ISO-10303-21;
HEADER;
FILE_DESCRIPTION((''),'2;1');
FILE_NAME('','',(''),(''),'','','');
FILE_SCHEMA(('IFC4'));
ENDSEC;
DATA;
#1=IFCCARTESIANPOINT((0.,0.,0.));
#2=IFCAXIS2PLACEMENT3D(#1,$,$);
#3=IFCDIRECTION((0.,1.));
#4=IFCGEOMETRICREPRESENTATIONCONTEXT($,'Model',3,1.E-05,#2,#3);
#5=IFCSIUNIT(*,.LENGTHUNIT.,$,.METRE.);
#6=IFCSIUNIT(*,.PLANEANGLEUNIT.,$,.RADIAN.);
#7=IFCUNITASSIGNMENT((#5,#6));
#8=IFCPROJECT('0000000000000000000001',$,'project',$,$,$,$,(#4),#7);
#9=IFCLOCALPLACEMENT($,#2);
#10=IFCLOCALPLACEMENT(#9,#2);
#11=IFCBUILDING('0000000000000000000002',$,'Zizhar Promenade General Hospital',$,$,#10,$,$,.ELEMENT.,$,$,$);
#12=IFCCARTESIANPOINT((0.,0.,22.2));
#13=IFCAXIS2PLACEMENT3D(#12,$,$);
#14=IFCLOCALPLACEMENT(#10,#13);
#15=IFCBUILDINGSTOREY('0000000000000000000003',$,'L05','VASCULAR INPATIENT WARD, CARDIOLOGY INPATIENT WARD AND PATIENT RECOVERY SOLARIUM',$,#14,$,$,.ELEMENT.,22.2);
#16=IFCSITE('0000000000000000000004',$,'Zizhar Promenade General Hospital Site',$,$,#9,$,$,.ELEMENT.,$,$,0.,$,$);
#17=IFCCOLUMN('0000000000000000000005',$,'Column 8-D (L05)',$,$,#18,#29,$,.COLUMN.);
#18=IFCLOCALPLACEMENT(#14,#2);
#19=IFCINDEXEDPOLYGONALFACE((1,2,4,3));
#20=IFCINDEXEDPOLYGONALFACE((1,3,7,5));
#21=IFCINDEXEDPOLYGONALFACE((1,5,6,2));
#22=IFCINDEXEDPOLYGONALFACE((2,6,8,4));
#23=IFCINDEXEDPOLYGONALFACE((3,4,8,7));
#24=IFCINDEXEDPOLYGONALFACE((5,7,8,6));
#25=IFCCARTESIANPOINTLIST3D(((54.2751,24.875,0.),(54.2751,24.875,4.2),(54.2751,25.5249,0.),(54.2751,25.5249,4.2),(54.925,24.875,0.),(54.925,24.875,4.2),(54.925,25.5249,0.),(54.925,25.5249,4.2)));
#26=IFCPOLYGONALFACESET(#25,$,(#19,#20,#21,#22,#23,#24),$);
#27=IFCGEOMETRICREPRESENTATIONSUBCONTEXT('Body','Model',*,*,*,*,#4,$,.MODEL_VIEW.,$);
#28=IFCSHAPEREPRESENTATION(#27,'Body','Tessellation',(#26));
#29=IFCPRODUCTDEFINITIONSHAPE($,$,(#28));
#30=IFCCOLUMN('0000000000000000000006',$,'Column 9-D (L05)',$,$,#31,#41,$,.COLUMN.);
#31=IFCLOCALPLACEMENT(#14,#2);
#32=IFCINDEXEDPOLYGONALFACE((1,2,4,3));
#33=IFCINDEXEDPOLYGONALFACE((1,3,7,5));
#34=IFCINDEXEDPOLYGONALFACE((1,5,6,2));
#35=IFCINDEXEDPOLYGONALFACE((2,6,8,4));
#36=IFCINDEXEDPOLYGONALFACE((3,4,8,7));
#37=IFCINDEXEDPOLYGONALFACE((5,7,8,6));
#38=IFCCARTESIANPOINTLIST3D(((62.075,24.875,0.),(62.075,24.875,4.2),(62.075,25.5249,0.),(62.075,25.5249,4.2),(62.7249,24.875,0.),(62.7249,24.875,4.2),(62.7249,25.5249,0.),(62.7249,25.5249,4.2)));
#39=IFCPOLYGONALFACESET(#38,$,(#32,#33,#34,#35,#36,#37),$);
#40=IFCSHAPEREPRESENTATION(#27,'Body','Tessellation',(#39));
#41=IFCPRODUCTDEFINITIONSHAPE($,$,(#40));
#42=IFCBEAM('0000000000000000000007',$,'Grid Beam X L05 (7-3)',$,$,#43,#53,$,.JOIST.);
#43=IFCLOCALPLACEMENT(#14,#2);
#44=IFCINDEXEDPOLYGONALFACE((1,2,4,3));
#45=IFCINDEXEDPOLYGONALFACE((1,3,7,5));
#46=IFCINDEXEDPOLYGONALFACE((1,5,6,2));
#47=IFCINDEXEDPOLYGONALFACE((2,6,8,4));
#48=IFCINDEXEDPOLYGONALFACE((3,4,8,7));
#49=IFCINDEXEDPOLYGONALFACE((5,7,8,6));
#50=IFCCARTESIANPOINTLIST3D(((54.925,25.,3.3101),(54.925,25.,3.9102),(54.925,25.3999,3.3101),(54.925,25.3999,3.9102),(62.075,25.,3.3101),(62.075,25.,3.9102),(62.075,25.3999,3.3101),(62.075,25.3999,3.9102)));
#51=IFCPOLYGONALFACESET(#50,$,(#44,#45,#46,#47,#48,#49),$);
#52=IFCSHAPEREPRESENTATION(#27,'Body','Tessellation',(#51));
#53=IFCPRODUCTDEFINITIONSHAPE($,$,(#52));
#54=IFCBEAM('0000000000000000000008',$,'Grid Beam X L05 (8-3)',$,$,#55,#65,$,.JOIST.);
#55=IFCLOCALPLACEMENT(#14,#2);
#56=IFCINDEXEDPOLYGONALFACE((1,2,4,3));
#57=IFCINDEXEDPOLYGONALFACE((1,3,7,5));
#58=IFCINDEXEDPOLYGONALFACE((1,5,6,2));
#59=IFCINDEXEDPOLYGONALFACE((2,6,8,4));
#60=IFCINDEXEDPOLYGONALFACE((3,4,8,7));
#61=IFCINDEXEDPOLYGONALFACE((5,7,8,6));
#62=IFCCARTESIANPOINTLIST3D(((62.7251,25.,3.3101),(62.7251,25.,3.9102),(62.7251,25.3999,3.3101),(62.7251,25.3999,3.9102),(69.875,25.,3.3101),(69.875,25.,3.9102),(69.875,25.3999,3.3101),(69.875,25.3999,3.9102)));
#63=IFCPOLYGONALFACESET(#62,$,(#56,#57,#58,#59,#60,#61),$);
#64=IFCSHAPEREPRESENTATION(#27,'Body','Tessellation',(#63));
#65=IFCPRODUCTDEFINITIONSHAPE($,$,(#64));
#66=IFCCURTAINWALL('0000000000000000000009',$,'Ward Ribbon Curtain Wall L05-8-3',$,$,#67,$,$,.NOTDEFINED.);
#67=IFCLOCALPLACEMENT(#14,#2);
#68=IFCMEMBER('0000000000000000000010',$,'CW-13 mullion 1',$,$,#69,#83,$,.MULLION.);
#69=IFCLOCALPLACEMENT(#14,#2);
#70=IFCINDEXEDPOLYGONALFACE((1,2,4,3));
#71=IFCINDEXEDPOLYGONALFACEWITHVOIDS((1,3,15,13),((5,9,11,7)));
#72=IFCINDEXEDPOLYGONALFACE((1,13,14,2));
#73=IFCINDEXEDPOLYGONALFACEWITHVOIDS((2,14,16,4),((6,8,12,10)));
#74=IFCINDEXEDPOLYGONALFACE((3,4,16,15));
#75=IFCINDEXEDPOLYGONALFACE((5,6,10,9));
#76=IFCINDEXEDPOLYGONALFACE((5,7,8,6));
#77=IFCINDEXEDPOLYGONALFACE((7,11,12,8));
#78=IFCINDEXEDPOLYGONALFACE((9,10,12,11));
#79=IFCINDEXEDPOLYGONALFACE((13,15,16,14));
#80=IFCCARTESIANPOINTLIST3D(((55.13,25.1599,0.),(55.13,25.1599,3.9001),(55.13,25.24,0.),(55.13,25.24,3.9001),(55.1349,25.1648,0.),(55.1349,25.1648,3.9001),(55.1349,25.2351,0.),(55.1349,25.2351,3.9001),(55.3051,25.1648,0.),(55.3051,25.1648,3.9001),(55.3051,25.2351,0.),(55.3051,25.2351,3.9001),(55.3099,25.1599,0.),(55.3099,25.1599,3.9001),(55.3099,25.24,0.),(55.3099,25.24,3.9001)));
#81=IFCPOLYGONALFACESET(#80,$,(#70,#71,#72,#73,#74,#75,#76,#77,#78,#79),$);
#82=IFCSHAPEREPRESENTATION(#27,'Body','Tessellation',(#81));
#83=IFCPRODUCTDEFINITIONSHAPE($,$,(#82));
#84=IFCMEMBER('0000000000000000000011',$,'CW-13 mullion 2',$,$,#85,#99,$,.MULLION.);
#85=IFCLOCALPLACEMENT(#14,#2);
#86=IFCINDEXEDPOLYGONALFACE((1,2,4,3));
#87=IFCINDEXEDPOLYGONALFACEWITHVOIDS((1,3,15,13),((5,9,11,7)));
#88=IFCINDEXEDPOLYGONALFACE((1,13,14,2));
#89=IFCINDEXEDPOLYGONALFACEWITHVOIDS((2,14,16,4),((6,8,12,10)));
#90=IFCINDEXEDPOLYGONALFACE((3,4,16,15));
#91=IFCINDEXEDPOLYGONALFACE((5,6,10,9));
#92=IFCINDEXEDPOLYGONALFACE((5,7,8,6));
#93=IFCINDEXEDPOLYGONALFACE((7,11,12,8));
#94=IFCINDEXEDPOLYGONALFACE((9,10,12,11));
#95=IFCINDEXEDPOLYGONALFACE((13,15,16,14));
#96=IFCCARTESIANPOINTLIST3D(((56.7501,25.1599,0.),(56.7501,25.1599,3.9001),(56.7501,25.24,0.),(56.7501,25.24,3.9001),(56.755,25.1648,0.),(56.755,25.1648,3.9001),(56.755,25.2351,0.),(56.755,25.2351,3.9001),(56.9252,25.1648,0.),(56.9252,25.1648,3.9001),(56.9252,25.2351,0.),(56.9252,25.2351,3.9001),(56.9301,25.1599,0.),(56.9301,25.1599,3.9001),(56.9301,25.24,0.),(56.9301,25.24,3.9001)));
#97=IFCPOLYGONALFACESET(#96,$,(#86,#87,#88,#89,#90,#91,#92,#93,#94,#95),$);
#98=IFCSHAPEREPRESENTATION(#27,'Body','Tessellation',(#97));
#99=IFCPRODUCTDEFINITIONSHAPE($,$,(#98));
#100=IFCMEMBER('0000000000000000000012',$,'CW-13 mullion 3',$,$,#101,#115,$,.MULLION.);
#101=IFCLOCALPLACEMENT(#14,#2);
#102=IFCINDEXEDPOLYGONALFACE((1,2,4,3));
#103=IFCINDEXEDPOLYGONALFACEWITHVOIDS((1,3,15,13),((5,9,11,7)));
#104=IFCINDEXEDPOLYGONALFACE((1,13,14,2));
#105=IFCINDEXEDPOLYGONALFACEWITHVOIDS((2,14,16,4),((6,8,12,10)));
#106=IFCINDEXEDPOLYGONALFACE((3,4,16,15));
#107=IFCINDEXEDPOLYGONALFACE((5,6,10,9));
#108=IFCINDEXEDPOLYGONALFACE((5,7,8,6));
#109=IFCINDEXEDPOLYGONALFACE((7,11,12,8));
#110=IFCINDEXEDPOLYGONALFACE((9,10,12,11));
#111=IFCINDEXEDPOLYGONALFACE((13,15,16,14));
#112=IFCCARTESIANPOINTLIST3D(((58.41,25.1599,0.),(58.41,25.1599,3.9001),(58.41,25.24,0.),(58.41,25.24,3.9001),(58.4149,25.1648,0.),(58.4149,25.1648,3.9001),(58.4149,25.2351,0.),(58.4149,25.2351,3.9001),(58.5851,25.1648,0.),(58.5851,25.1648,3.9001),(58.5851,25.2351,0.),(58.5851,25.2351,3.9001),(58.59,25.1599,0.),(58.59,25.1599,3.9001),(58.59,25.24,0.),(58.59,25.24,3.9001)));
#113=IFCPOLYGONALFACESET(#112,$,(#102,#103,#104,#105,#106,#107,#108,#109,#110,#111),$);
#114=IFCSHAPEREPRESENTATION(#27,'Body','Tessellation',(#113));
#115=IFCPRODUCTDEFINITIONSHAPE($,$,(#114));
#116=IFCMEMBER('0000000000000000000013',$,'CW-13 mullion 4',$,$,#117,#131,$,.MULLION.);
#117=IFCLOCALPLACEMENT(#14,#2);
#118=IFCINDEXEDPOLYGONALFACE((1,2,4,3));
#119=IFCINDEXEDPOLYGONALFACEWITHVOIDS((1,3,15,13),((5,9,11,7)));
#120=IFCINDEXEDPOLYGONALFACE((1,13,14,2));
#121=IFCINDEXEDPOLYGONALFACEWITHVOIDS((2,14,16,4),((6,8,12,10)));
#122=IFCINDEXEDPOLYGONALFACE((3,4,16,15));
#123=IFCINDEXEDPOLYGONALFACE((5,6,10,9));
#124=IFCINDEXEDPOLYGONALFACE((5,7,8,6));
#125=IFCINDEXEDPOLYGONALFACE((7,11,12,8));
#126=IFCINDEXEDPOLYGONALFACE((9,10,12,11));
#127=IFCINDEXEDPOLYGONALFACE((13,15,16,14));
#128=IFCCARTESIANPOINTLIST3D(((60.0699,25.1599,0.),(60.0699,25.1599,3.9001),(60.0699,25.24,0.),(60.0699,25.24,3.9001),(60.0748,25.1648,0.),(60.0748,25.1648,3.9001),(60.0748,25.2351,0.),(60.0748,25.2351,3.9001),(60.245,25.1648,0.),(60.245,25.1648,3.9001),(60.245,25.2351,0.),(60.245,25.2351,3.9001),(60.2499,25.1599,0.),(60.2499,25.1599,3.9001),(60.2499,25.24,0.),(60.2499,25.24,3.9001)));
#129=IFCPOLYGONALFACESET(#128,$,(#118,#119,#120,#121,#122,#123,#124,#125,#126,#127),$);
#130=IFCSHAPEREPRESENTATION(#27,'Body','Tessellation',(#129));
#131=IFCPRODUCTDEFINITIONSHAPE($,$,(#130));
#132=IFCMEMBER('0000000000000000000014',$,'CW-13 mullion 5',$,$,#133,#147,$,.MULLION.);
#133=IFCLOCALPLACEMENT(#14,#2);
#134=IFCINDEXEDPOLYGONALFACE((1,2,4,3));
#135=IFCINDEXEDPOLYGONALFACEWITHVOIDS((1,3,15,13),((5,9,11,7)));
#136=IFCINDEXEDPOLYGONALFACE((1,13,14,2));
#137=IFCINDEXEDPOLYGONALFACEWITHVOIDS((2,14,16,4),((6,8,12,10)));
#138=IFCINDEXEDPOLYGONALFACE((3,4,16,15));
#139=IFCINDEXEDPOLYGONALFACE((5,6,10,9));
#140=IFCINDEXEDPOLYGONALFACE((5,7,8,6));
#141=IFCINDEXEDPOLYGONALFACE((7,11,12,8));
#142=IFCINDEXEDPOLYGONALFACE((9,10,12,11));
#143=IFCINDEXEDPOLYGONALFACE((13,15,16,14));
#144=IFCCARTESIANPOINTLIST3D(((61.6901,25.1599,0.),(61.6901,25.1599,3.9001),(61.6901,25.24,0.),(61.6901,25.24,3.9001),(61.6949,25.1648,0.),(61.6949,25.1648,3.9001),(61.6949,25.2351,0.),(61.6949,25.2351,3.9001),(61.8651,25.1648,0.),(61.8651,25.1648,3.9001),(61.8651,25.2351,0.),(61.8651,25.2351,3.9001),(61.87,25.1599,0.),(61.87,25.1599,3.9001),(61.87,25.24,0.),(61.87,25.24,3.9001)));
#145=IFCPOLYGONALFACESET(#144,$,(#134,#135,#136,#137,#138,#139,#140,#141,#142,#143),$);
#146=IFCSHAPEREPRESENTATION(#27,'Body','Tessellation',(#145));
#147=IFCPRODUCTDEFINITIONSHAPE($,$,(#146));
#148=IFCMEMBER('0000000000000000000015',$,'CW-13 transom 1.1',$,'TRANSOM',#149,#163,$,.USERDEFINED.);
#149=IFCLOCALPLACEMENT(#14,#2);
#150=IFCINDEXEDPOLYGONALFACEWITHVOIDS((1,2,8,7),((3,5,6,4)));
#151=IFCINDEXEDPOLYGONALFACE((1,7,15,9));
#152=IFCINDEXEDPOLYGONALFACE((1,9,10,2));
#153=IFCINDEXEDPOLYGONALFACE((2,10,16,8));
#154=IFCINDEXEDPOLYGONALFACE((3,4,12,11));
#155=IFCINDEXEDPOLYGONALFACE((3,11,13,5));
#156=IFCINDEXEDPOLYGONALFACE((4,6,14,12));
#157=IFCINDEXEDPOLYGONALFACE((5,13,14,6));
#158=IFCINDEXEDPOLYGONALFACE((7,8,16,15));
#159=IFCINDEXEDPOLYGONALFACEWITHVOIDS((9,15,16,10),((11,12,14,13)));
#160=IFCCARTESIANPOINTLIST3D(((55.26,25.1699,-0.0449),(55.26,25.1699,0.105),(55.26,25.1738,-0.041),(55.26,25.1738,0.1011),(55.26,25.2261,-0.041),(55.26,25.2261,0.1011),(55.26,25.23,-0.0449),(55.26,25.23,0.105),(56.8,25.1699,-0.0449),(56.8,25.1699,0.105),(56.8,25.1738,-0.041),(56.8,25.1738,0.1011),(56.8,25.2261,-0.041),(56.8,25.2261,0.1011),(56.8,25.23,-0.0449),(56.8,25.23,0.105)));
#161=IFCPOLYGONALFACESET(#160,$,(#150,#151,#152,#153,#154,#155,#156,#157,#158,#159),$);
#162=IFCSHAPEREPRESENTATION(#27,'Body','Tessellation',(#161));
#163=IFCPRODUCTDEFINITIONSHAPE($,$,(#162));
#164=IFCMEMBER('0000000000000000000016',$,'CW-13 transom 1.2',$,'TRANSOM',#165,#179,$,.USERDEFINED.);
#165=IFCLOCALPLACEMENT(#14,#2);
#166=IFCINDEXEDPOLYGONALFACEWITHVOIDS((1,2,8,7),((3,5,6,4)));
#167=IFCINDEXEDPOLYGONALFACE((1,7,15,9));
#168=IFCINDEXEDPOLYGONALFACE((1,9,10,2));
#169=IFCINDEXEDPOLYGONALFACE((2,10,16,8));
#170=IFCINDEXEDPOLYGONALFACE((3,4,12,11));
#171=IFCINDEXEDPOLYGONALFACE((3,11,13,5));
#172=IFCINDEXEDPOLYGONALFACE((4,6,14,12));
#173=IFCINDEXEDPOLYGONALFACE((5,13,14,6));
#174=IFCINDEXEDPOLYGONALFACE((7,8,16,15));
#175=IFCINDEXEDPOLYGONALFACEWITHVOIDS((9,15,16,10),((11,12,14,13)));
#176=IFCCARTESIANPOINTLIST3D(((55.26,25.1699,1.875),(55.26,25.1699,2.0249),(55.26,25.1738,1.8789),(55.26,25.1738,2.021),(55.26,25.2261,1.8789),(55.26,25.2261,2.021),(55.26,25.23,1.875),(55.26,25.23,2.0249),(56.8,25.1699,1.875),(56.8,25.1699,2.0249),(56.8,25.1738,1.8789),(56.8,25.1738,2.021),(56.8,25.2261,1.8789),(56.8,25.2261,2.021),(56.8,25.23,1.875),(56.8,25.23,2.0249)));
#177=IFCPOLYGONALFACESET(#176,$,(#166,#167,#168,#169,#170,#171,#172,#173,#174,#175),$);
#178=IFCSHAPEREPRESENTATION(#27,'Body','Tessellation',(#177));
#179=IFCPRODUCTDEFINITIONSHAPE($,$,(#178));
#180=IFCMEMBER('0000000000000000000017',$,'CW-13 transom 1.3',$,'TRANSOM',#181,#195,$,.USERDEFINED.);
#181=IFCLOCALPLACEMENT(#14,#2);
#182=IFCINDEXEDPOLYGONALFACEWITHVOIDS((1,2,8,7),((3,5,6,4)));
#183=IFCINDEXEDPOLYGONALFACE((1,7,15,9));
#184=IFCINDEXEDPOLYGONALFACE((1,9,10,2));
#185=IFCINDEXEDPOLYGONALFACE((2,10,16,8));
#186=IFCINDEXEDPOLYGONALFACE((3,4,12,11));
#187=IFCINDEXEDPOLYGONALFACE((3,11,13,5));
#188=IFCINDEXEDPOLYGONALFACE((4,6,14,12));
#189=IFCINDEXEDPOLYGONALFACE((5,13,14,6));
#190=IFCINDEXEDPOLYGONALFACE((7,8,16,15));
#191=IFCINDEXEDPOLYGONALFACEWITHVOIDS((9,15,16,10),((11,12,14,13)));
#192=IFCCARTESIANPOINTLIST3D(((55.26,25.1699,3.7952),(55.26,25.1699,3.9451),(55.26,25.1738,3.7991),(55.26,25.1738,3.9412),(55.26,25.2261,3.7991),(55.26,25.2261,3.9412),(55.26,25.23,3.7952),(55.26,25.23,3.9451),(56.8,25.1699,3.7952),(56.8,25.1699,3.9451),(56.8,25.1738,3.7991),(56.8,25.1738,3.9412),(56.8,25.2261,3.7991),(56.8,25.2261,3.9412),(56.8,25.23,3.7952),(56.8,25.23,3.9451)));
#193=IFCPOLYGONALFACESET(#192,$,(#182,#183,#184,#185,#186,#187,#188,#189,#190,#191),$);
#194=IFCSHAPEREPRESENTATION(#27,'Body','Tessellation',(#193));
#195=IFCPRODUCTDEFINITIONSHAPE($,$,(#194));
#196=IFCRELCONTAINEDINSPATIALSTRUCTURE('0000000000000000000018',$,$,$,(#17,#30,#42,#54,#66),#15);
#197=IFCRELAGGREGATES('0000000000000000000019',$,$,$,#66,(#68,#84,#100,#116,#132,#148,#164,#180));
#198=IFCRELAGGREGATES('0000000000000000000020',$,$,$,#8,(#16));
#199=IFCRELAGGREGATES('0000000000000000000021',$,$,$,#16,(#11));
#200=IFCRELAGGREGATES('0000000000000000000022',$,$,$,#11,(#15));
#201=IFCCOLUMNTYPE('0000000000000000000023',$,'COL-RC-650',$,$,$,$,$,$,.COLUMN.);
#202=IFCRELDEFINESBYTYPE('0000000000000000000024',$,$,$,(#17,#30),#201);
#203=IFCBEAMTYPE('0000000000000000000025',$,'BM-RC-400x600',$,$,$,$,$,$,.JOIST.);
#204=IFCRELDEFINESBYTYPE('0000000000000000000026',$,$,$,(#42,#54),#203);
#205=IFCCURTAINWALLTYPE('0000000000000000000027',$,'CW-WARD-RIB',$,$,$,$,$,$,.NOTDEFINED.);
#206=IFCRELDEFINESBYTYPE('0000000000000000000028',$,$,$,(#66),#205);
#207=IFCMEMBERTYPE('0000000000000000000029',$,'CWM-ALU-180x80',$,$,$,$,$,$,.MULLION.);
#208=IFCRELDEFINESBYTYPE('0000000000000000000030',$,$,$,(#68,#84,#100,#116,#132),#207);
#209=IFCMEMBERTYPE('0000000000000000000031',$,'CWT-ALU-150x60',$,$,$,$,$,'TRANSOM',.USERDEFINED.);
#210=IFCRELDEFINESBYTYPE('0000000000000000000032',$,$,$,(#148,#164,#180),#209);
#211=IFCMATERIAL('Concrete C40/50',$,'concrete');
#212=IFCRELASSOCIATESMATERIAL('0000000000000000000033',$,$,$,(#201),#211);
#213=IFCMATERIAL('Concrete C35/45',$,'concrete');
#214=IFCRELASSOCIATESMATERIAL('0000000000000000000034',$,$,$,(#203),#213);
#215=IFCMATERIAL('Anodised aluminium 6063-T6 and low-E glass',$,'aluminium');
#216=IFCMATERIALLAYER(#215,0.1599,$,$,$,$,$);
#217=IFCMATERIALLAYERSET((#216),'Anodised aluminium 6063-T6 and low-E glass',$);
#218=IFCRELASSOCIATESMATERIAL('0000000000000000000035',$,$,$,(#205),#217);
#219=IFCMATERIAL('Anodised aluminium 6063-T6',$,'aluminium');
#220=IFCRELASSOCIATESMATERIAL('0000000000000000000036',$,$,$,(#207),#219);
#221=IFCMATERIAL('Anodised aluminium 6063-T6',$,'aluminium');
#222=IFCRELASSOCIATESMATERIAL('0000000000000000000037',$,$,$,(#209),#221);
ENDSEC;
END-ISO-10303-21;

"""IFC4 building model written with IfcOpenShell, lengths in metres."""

from ifc_helpers import new_model, si_unit, direction, frame, origin, origin_2d, place, context, subcontext, project, spatial, rectangle, hollow_rectangle, extrude, material, layer, layer_set, material_profile, profile_set, type_object, element, aggregate, save


model = new_model("IFC4")

# Units and contexts
model_context = context("Model", 3, precision=1e-05, world=origin(), true_north=direction((0.0, 1.0)))
body_context = subcontext(model_context, "Body", "Model", "MODEL_VIEW")
ifc_project = project(units=[si_unit("LENGTHUNIT", "METRE"), si_unit("PLANEANGLEUNIT", "RADIAN")], contexts=[model_context])

# Site, building, storey
site_placement = place(None, origin())
site = spatial("IfcSite", under=ifc_project, at=site_placement, Name="Zizhar Promenade General Hospital Site", CompositionType="ELEMENT", RefElevation=0.0)
building_placement = place(site_placement, origin())
building = spatial("IfcBuilding", under=site, at=building_placement, Name="Zizhar Promenade General Hospital", CompositionType="ELEMENT")
storey_placement = place(building_placement, frame((0.0, 0.0, 22.2)))
storey = spatial("IfcBuildingStorey", under=building, at=storey_placement, Name="L05", Description="VASCULAR INPATIENT WARD, CARDIOLOGY INPATIENT WARD AND PATIENT RECOVERY SOLARIUM", CompositionType="ELEMENT", Elevation=22.2)

# Columns
ifc_material_1 = material(Name="Concrete C40/50", Category="concrete")
ifc_material_profile_1 = material_profile(ifc_material_1, rectangle(XDim=0.6499, YDim=0.6499, at=origin_2d()))
ifc_profile_set_1 = profile_set([ifc_material_profile_1], Name="Concrete C40/50")
column_type = type_object("IfcColumnType", Name="COL-RC-650", PredefinedType="COLUMN", material=ifc_profile_set_1)
for number, where, z_axis, x_axis, name in (
    (1, (54.6001, 25.2, 0.0), (0.0, 0.0, 1.0), (1.0, 0.0, 0.0), "Column 8-D (L05)"),
    (2, (62.3999, 25.2, 0.0), (0.0, 0.0, 1.0), (1.0, 0.0, 0.0), "Column 9-D (L05)"),
):
    element("IfcColumn", number, at=place(storey_placement, frame(where, z_axis=z_axis, x_axis=x_axis)), inside=storey, type_object=column_type, Name=name, PredefinedType="COLUMN", context=body_context, shape_type="SweptSolid", body=[
        extrude(rectangle(XDim=0.6499, YDim=0.6499, at=origin_2d()), origin(), (0.0, 0.0, 1.0), 4.2),
    ])

# Beams
ifc_material_2 = material(Name="Concrete C35/45", Category="concrete")
ifc_material_profile_2 = material_profile(ifc_material_2, rectangle(XDim=0.3999, YDim=0.6001, at=origin_2d()))
ifc_profile_set_2 = profile_set([ifc_material_profile_2], Name="Concrete C35/45")
beam_type = type_object("IfcBeamType", Name="BM-RC-400x600", PredefinedType="JOIST", material=ifc_profile_set_2)
for number, where, z_axis, x_axis, name in (
    (3, (54.925, 25.2, 3.6101), (1.0, 0.0, 0.0), (0.0, 1.0, 0.0), "Grid Beam X L05 (7-3)"),
    (4, (62.7251, 25.2, 3.6101), (1.0, 0.0, 0.0), (0.0, 1.0, 0.0), "Grid Beam X L05 (8-3)"),
):
    element("IfcBeam", number, at=place(storey_placement, frame(where, z_axis=z_axis, x_axis=x_axis)), inside=storey, type_object=beam_type, Name=name, PredefinedType="JOIST", context=body_context, shape_type="SweptSolid", body=[
        extrude(rectangle(XDim=0.3999, YDim=0.6001, at=origin_2d()), origin(), (0.0, 0.0, 1.0), 7.1499),
    ])

# Curtain wall, members
ifc_material_3 = material(Name="Anodised aluminium 6063-T6 and low-E glass", Category="aluminium")
ifc_layer_1 = layer(ifc_material_3, 0.1599)
ifc_layer_set_1 = layer_set([ifc_layer_1], Name="Anodised aluminium 6063-T6 and low-E glass")
curtain_wall_type = type_object("IfcCurtainWallType", Name="CW-WARD-RIB", PredefinedType="NOTDEFINED", material=ifc_layer_set_1)
curtain_wall_placement = place(storey_placement, origin())
curtain_wall = element("IfcCurtainWall", 5, at=curtain_wall_placement, inside=storey, type_object=curtain_wall_type, Name="Ward Ribbon Curtain Wall L05-8-3", PredefinedType="NOTDEFINED")
ifc_material_4 = material(Name="Anodised aluminium 6063-T6", Category="aluminium")
ifc_material_profile_3 = material_profile(ifc_material_4, hollow_rectangle(XDim=0.0801, YDim=0.1799, WallThickness=0.0049, at=origin_2d()))
ifc_profile_set_3 = profile_set([ifc_material_profile_3], Name="Anodised aluminium 6063-T6")
member_type_1 = type_object("IfcMemberType", Name="CWM-ALU-180x80", PredefinedType="MULLION", material=ifc_profile_set_3)
member_1_placement = place(storey_placement, frame((55.22, 25.2, 0.0), z_axis=(0.0, 0.0, 1.0), x_axis=(0.0, 1.0, 0.0)))
member_1 = element("IfcMember", 6, at=member_1_placement, type_object=member_type_1, Name="CW-13 mullion 1", PredefinedType="MULLION", context=body_context, shape_type="SweptSolid", body=[
    extrude(hollow_rectangle(XDim=0.0801, YDim=0.1799, WallThickness=0.0049, at=origin_2d()), origin(), (0.0, 0.0, 1.0), 3.9001),
])
member_2_placement = place(storey_placement, frame((56.8401, 25.2, 0.0), z_axis=(0.0, 0.0, 1.0), x_axis=(0.0, 1.0, 0.0)))
member_2 = element("IfcMember", 7, at=member_2_placement, type_object=member_type_1, Name="CW-13 mullion 2", PredefinedType="MULLION", context=body_context, shape_type="SweptSolid", body=[
    extrude(hollow_rectangle(XDim=0.0801, YDim=0.1799, WallThickness=0.0049, at=origin_2d()), origin(), (0.0, 0.0, 1.0), 3.9001),
])
member_3_placement = place(storey_placement, frame((58.5, 25.2, 0.0), z_axis=(0.0, 0.0, 1.0), x_axis=(0.0, 1.0, 0.0)))
member_3 = element("IfcMember", 8, at=member_3_placement, type_object=member_type_1, Name="CW-13 mullion 3", PredefinedType="MULLION", context=body_context, shape_type="SweptSolid", body=[
    extrude(hollow_rectangle(XDim=0.0801, YDim=0.1799, WallThickness=0.0049, at=origin_2d()), origin(), (0.0, 0.0, 1.0), 3.9001),
])
member_4_placement = place(storey_placement, frame((60.1599, 25.2, 0.0), z_axis=(0.0, 0.0, 1.0), x_axis=(0.0, 1.0, 0.0)))
member_4 = element("IfcMember", 9, at=member_4_placement, type_object=member_type_1, Name="CW-13 mullion 4", PredefinedType="MULLION", context=body_context, shape_type="SweptSolid", body=[
    extrude(hollow_rectangle(XDim=0.0801, YDim=0.1799, WallThickness=0.0049, at=origin_2d()), origin(), (0.0, 0.0, 1.0), 3.9001),
])
member_5_placement = place(storey_placement, frame((61.78, 25.2, 0.0), z_axis=(0.0, 0.0, 1.0), x_axis=(0.0, 1.0, 0.0)))
member_5 = element("IfcMember", 10, at=member_5_placement, type_object=member_type_1, Name="CW-13 mullion 5", PredefinedType="MULLION", context=body_context, shape_type="SweptSolid", body=[
    extrude(hollow_rectangle(XDim=0.0801, YDim=0.1799, WallThickness=0.0049, at=origin_2d()), origin(), (0.0, 0.0, 1.0), 3.9001),
])
ifc_material_5 = material(Name="Anodised aluminium 6063-T6", Category="aluminium")
ifc_material_profile_4 = material_profile(ifc_material_5, hollow_rectangle(XDim=0.0601, YDim=0.1499, WallThickness=0.0039, at=origin_2d()))
ifc_profile_set_4 = profile_set([ifc_material_profile_4], Name="Anodised aluminium 6063-T6")
member_type_2 = type_object("IfcMemberType", Name="CWT-ALU-150x60", ElementType="TRANSOM", PredefinedType="USERDEFINED", material=ifc_profile_set_4)
member_6_placement = place(storey_placement, frame((55.26, 25.2, 0.03), z_axis=(1.0, 0.0, 0.0), x_axis=(0.0, 1.0, 0.0)))
member_6 = element("IfcMember", 11, at=member_6_placement, type_object=member_type_2, Name="CW-13 transom 1.1", ObjectType="TRANSOM", PredefinedType="USERDEFINED", context=body_context, shape_type="SweptSolid", body=[
    extrude(hollow_rectangle(XDim=0.0601, YDim=0.1499, WallThickness=0.0039, at=origin_2d()), origin(), (0.0, 0.0, 1.0), 1.54),
])
member_7_placement = place(storey_placement, frame((55.26, 25.2, 1.95), z_axis=(1.0, 0.0, 0.0), x_axis=(0.0, 1.0, 0.0)))
member_7 = element("IfcMember", 12, at=member_7_placement, type_object=member_type_2, Name="CW-13 transom 1.2", ObjectType="TRANSOM", PredefinedType="USERDEFINED", context=body_context, shape_type="SweptSolid", body=[
    extrude(hollow_rectangle(XDim=0.0601, YDim=0.1499, WallThickness=0.0039, at=origin_2d()), origin(), (0.0, 0.0, 1.0), 1.54),
])
member_8_placement = place(storey_placement, frame((55.26, 25.2, 3.8701), z_axis=(1.0, 0.0, 0.0), x_axis=(0.0, 1.0, 0.0)))
member_8 = element("IfcMember", 13, at=member_8_placement, type_object=member_type_2, Name="CW-13 transom 1.3", ObjectType="TRANSOM", PredefinedType="USERDEFINED", context=body_context, shape_type="SweptSolid", body=[
    extrude(hollow_rectangle(XDim=0.0601, YDim=0.1499, WallThickness=0.0039, at=origin_2d()), origin(), (0.0, 0.0, 1.0), 1.54),
])
aggregate(curtain_wall, [member_1, member_2, member_3, member_4, member_5, member_6, member_7, member_8])

save(model, "model.ifc")
